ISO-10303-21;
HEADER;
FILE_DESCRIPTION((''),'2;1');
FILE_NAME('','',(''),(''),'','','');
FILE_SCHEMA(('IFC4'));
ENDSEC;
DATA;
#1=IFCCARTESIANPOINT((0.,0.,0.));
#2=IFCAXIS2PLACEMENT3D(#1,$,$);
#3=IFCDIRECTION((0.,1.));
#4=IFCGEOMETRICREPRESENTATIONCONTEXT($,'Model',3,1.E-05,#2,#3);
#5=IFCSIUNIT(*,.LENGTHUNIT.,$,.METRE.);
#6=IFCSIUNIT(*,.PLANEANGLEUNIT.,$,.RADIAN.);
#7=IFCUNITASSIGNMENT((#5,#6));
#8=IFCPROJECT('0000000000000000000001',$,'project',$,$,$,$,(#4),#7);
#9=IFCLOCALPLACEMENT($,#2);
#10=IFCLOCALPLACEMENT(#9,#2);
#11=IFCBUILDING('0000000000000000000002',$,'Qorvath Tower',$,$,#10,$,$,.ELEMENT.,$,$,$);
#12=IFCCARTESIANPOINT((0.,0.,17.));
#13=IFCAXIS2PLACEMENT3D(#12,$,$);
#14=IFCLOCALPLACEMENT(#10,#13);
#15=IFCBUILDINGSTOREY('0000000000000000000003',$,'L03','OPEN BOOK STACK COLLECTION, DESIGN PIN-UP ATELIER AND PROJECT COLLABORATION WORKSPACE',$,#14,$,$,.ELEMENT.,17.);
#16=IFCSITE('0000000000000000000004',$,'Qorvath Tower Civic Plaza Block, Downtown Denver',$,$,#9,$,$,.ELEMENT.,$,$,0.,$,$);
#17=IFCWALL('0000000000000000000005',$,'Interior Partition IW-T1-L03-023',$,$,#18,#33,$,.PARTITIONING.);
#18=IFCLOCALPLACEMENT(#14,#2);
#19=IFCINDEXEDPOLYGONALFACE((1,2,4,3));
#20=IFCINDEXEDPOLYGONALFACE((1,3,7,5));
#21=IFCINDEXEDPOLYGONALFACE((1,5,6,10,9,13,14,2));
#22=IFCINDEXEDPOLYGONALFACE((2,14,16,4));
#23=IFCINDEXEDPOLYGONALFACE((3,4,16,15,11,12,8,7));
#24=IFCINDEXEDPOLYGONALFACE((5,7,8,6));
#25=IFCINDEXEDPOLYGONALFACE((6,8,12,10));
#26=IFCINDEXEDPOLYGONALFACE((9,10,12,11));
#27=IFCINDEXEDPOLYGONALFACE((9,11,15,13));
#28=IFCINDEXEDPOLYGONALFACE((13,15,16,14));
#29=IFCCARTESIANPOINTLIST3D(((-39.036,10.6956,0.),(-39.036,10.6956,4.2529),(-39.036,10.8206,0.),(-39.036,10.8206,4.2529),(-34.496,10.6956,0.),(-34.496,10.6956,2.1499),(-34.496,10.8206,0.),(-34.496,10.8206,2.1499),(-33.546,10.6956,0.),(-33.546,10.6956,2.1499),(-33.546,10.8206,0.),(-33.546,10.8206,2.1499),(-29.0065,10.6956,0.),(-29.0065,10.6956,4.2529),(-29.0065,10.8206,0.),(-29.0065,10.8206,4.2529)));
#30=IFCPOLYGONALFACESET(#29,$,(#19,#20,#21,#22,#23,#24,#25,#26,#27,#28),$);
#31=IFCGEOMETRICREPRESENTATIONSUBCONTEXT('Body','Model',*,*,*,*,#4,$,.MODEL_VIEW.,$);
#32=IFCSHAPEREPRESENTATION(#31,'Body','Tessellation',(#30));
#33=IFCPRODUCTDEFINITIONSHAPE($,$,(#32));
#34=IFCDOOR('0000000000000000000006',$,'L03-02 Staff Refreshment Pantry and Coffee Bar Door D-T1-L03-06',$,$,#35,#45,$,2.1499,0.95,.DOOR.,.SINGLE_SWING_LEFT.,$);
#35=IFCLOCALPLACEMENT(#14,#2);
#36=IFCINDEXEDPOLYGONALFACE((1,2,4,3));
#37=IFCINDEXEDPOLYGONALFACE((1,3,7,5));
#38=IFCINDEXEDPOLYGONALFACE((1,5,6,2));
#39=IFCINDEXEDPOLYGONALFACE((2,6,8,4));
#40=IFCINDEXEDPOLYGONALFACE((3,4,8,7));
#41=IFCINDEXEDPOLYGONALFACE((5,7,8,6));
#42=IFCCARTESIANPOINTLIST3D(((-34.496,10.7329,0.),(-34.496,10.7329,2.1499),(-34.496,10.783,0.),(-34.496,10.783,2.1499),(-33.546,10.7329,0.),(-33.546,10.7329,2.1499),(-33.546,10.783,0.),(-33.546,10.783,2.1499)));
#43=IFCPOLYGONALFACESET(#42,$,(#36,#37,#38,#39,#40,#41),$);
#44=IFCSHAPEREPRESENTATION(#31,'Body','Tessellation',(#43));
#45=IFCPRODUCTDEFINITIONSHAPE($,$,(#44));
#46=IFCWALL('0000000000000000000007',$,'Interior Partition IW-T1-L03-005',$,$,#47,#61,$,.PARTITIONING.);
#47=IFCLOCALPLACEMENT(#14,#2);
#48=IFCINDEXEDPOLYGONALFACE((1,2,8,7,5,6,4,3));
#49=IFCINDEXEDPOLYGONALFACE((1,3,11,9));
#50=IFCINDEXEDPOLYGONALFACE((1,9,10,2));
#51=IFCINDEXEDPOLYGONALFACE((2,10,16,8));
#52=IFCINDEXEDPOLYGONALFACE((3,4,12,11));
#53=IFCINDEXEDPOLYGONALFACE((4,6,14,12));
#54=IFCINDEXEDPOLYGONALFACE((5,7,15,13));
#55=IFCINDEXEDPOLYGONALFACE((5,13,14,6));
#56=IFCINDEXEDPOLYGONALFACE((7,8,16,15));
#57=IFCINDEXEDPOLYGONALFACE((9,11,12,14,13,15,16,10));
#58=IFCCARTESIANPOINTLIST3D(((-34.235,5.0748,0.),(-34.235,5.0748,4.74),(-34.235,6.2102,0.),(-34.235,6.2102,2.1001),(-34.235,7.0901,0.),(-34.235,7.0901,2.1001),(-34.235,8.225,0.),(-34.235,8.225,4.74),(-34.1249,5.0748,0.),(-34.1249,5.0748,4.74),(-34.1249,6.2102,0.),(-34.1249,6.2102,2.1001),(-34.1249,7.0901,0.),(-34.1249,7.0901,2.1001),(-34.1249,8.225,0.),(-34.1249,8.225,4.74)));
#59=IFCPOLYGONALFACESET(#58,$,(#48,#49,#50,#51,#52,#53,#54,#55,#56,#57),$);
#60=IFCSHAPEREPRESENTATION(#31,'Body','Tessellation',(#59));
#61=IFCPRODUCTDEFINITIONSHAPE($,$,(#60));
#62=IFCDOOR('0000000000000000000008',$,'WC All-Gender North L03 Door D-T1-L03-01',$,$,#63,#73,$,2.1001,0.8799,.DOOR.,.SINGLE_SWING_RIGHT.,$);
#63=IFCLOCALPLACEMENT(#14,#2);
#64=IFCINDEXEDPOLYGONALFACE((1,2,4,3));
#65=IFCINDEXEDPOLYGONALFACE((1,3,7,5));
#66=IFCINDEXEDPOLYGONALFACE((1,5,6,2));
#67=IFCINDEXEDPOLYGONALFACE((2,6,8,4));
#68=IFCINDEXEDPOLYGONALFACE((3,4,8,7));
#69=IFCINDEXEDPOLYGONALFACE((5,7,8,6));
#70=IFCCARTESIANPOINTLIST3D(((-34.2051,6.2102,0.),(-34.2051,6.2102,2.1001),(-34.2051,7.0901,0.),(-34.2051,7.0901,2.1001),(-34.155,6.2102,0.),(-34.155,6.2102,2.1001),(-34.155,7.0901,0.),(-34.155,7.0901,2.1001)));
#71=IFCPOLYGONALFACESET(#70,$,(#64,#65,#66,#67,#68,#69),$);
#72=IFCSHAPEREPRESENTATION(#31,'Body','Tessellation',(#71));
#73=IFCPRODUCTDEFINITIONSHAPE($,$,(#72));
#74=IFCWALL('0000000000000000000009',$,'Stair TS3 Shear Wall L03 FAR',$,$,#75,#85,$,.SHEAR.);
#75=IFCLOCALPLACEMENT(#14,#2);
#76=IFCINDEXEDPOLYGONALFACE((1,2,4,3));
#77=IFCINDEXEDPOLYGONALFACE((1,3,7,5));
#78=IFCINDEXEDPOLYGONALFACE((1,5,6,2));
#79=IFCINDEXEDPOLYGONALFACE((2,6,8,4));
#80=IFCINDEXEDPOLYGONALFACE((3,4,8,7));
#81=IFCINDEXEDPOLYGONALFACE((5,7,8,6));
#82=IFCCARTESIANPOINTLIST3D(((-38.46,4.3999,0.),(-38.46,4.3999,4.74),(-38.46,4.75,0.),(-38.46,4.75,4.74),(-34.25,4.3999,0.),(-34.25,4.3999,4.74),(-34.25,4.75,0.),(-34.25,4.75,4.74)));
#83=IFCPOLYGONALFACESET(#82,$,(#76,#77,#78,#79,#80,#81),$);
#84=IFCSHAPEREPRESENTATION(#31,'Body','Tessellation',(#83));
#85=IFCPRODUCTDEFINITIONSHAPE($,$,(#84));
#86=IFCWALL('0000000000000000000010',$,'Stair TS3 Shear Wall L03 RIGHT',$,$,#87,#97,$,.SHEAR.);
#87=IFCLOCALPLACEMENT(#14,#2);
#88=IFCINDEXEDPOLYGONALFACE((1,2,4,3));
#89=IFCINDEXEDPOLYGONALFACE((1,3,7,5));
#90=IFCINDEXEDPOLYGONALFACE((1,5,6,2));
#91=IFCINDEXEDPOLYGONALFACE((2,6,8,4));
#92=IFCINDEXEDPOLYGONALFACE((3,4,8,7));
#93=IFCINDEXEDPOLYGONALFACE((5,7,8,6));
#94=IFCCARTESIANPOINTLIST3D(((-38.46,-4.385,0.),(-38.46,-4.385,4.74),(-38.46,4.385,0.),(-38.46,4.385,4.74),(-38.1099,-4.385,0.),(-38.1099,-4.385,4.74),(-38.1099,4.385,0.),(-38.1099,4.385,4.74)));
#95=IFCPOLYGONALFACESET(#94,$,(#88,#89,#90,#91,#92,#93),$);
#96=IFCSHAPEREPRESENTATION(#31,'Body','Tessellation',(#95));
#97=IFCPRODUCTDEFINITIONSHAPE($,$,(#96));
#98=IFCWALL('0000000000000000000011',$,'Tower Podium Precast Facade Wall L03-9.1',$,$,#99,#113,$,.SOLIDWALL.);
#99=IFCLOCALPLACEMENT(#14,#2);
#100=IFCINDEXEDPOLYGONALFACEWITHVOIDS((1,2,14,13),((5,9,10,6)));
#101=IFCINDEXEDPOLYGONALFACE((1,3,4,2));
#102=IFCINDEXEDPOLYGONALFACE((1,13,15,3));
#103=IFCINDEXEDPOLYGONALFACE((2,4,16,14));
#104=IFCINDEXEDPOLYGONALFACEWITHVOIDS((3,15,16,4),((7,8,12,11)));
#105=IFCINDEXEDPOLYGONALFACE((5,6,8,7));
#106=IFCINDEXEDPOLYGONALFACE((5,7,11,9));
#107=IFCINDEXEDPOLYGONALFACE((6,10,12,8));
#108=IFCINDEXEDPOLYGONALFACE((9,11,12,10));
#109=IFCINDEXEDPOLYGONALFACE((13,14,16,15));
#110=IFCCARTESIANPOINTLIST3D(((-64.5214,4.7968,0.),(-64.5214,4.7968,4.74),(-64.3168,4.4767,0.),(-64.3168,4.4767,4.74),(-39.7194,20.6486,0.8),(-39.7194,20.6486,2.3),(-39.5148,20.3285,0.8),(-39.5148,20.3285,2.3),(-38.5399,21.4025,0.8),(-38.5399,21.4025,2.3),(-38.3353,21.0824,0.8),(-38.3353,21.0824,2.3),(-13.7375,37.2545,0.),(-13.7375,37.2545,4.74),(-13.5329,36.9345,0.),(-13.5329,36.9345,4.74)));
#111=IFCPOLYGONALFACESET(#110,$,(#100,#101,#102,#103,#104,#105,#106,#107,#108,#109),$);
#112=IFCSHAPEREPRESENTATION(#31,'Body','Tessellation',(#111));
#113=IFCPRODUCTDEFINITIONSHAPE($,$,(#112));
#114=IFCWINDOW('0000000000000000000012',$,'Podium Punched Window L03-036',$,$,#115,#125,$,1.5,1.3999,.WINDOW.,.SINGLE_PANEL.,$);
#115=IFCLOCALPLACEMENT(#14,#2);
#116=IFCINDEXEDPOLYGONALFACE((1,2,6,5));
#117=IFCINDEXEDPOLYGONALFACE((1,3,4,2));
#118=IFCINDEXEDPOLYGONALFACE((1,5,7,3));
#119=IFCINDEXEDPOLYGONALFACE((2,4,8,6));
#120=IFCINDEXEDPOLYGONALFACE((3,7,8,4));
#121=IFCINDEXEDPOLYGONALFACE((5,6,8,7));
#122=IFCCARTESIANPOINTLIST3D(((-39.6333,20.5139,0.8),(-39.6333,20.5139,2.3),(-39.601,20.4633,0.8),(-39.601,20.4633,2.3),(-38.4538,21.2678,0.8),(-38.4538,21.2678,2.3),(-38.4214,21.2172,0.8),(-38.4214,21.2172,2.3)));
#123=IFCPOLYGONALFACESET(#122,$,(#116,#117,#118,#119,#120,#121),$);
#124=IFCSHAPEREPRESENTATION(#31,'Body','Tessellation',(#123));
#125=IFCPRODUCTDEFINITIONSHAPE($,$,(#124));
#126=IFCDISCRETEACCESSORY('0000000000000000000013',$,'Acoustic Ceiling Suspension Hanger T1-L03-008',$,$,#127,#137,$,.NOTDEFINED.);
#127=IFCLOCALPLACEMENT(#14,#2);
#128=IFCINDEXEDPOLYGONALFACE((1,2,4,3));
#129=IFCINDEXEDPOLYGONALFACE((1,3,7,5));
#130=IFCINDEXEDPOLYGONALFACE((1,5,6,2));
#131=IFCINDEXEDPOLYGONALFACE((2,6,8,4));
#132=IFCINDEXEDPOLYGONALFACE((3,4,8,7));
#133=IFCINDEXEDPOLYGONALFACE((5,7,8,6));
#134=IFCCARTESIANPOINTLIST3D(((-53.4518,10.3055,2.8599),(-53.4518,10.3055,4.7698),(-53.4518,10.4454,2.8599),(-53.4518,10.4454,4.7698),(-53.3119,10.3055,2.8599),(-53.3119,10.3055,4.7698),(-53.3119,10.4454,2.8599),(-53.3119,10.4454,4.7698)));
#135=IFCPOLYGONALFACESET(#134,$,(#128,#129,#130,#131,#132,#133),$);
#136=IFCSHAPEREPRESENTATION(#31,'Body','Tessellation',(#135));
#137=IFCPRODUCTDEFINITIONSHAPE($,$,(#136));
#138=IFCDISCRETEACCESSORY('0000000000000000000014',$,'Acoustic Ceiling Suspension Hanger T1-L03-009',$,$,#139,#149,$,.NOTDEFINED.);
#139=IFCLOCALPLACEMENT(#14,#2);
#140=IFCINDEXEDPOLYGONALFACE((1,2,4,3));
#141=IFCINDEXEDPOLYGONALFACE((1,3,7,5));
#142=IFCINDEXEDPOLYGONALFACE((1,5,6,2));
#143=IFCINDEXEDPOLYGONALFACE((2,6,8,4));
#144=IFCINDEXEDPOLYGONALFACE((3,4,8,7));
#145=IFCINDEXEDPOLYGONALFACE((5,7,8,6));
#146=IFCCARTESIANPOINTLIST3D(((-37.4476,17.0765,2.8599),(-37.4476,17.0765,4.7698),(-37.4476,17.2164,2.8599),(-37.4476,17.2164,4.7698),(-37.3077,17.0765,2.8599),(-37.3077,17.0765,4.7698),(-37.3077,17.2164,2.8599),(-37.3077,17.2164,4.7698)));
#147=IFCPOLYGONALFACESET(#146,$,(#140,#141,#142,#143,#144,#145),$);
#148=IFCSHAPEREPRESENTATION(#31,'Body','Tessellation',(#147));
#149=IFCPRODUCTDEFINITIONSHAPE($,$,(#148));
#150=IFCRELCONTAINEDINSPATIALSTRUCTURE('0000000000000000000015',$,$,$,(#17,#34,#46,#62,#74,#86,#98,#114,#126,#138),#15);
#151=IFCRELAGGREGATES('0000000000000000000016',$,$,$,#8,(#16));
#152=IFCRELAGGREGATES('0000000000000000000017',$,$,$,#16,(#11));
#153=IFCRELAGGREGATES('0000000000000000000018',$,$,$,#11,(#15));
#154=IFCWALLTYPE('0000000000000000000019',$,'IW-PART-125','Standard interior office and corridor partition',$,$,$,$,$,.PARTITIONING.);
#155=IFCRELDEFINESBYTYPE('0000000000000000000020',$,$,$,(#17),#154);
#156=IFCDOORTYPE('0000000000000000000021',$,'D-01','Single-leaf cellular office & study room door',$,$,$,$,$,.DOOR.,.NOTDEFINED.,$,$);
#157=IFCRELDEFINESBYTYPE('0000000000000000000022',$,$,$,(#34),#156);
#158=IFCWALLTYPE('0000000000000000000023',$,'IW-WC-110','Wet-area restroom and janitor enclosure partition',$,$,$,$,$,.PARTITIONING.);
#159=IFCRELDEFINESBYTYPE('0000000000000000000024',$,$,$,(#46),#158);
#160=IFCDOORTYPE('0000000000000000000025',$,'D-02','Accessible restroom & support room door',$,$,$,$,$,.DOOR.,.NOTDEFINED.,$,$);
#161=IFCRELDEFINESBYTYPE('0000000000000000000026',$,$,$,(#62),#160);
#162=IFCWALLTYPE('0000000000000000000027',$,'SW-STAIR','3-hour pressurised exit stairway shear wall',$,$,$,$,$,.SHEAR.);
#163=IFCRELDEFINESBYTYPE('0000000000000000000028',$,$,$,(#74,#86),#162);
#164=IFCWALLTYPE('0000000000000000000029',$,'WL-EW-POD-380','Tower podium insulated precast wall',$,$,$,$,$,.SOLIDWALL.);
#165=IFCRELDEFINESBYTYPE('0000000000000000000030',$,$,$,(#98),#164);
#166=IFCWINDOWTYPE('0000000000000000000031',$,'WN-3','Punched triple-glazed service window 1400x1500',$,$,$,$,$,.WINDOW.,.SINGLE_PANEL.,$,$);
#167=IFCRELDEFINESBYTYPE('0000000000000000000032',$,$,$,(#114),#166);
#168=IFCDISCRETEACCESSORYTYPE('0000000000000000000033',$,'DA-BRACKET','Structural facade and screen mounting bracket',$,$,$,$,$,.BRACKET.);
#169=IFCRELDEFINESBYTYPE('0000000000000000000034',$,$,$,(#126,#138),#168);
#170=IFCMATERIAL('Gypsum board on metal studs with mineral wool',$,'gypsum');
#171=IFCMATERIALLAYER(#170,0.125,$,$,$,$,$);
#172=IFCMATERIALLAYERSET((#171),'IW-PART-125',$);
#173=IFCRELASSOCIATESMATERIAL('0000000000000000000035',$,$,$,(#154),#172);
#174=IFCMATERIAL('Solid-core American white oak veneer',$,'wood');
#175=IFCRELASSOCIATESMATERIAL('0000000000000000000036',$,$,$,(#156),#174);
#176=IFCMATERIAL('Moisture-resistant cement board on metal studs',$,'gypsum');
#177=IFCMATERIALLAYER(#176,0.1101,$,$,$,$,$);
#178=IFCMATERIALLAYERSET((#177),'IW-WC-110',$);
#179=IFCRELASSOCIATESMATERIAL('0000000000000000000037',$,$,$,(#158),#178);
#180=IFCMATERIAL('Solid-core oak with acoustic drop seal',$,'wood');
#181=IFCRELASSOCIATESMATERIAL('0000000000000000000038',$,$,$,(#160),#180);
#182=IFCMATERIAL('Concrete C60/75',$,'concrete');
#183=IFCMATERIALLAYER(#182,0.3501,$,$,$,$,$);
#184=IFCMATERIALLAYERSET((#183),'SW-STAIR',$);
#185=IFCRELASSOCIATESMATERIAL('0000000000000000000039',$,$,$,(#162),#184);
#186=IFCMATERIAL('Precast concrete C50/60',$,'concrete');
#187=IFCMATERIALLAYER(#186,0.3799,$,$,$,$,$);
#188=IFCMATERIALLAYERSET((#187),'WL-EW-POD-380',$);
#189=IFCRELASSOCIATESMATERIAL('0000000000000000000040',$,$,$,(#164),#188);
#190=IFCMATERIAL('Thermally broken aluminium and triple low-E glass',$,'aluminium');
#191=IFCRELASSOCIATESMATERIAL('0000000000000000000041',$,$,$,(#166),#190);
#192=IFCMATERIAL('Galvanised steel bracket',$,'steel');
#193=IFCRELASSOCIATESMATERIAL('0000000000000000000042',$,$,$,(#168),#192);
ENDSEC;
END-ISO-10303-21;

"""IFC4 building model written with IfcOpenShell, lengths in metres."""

from ifc_helpers import new_model, si_unit, direction, frame, frame_2d, origin, origin_2d, place, context, subcontext, project, spatial, rectangle, extrude, material, layer, layer_set, type_object, element, fill, save


model = new_model("IFC4")

# Units and contexts
model_context = context("Model", 3, precision=1e-05, world=origin(), true_north=direction((0.0, 1.0)))
body_context = subcontext(model_context, "Body", "Model", "MODEL_VIEW")
ifc_project = project(units=[si_unit("LENGTHUNIT", "METRE"), si_unit("PLANEANGLEUNIT", "RADIAN")], contexts=[model_context])

# Site, building, storey
site_placement = place(None, origin())
site = spatial("IfcSite", under=ifc_project, at=site_placement, Name="Qorvath Tower Civic Plaza Block, Downtown Denver", CompositionType="ELEMENT", RefElevation=0.0)
building_placement = place(site_placement, origin())
building = spatial("IfcBuilding", under=site, at=building_placement, Name="Qorvath Tower", CompositionType="ELEMENT")
storey_placement = place(building_placement, frame((0.0, 0.0, 17.0)))
storey = spatial("IfcBuildingStorey", under=building, at=storey_placement, Name="L03", Description="OPEN BOOK STACK COLLECTION, DESIGN PIN-UP ATELIER AND PROJECT COLLABORATION WORKSPACE", CompositionType="ELEMENT", Elevation=17.0)

# Shared definitions
ifc_material_1 = material(Name="Gypsum board on metal studs with mineral wool", Category="gypsum")
ifc_layer_1 = layer(ifc_material_1, 0.125)
ifc_layer_set_1 = layer_set([ifc_layer_1], Name="IW-PART-125")
wall_type_1 = type_object("IfcWallType", Name="IW-PART-125", Description="Standard interior office and corridor partition", PredefinedType="PARTITIONING", material=ifc_layer_set_1)
ifc_material_2 = material(Name="Solid-core American white oak veneer", Category="wood")
door_type_1 = type_object("IfcDoorType", Name="D-01", Description="Single-leaf cellular office & study room door", OperationType="NOTDEFINED", PredefinedType="DOOR", material=ifc_material_2)

# Walls, openings, doors
wall_1_placement = place(storey_placement, frame((-39.0359, 10.7581, 0.0), z_axis=(0.0, 0.0, 1.0), x_axis=(1.0, 0.0, 0.0)))
wall_1 = element("IfcWall", 1, at=wall_1_placement, inside=storey, type_object=wall_type_1, Name="Interior Partition IW-T1-L03-023", PredefinedType="PARTITIONING", context=body_context, shape_type="SweptSolid", body=[
    extrude(rectangle(XDim=10.0295, YDim=0.125, at=frame_2d((5.0146, 0.0))), origin(), (0.0, 0.0, 1.0), 4.2529),
])
opening_1_placement = place(wall_1_placement, frame((4.5398, 0.0, 0.0)))
opening_1 = element("IfcOpeningElement", 2, at=opening_1_placement, cuts=wall_1, PredefinedType="OPENING", context=body_context, shape_type="SweptSolid", body=[
    extrude(rectangle(XDim=0.95, YDim=2.1499, at=frame_2d((0.4751, 1.075))), frame((0.0, 0.0725, 0.0), z_axis=(0.0, -1.0, 0.0), x_axis=(1.0, 0.0, 0.0)), (0.0, 0.0, 1.0), 0.145),
])
door_1_placement = place(opening_1_placement, origin())
door_1 = element("IfcDoor", 3, at=door_1_placement, inside=storey, type_object=door_type_1, Name="L03-02 Staff Refreshment Pantry and Coffee Bar Door D-T1-L03-06", OperationType="SINGLE_SWING_LEFT", OverallHeight=2.1499, OverallWidth=0.95, PredefinedType="DOOR", context=body_context, shape_type="SweptSolid", body=[
    extrude(rectangle(XDim=0.95, YDim=2.1499, at=frame_2d((0.4751, 1.075))), frame((0.0, 0.0249, 0.0), z_axis=(0.0, -1.0, 0.0), x_axis=(1.0, 0.0, 0.0)), (0.0, 0.0, 1.0), 0.05),
])
fill(opening_1, door_1)
ifc_material_3 = material(Name="Moisture-resistant cement board on metal studs", Category="gypsum")
ifc_layer_2 = layer(ifc_material_3, 0.1101)
ifc_layer_set_2 = layer_set([ifc_layer_2], Name="IW-WC-110")
wall_type_2 = type_object("IfcWallType", Name="IW-WC-110", Description="Wet-area restroom and janitor enclosure partition", PredefinedType="PARTITIONING", material=ifc_layer_set_2)
wall_2_placement = place(storey_placement, frame((-34.1799, 8.2251, 0.0), z_axis=(0.0, 0.0, 1.0), x_axis=(0.0, -1.0, 0.0)))
wall_2 = element("IfcWall", 4, at=wall_2_placement, inside=storey, type_object=wall_type_2, Name="Interior Partition IW-T1-L03-005", PredefinedType="PARTITIONING", context=body_context, shape_type="SweptSolid", body=[
    extrude(rectangle(XDim=3.1501, YDim=0.1101, at=frame_2d((1.5752, 0.0))), origin(), (0.0, 0.0, 1.0), 4.74),
])
opening_2_placement = place(wall_2_placement, frame((1.135, 0.0, 0.0)))
opening_2 = element("IfcOpeningElement", 5, at=opening_2_placement, cuts=wall_2, PredefinedType="OPENING", context=body_context, shape_type="SweptSolid", body=[
    extrude(rectangle(XDim=0.8799, YDim=2.1001, at=frame_2d((0.4399, 1.05))), frame((0.0, 0.0649, 0.0), z_axis=(0.0, -1.0, 0.0), x_axis=(1.0, 0.0, 0.0)), (0.0, 0.0, 1.0), 0.1301),
])
ifc_material_4 = material(Name="Solid-core oak with acoustic drop seal", Category="wood")
door_type_2 = type_object("IfcDoorType", Name="D-02", Description="Accessible restroom & support room door", OperationType="NOTDEFINED", PredefinedType="DOOR", material=ifc_material_4)
door_2_placement = place(opening_2_placement, origin())
door_2 = element("IfcDoor", 6, at=door_2_placement, inside=storey, type_object=door_type_2, Name="WC All-Gender North L03 Door D-T1-L03-01", OperationType="SINGLE_SWING_RIGHT", OverallHeight=2.1001, OverallWidth=0.8799, PredefinedType="DOOR", context=body_context, shape_type="SweptSolid", body=[
    extrude(rectangle(XDim=0.8799, YDim=2.1001, at=frame_2d((0.4399, 1.05))), frame((0.0, 0.0249, 0.0), z_axis=(0.0, -1.0, 0.0), x_axis=(1.0, 0.0, 0.0)), (0.0, 0.0, 1.0), 0.05),
])
fill(opening_2, door_2)

# Walls
ifc_material_5 = material(Name="Concrete C60/75", Category="concrete")
ifc_layer_3 = layer(ifc_material_5, 0.3501)
ifc_layer_set_3 = layer_set([ifc_layer_3], Name="SW-STAIR")
wall_type_3 = type_object("IfcWallType", Name="SW-STAIR", Description="3-hour pressurised exit stairway shear wall", PredefinedType="SHEAR", material=ifc_layer_set_3)
wall_3_placement = place(storey_placement, frame((-34.25, 4.575, 0.0), z_axis=(0.0, 0.0, 1.0), x_axis=(-1.0, 0.0, 0.0)))
element("IfcWall", 7, at=wall_3_placement, inside=storey, type_object=wall_type_3, Name="Stair TS3 Shear Wall L03 FAR", PredefinedType="SHEAR", context=body_context, shape_type="SweptSolid", body=[
    extrude(rectangle(XDim=4.21, YDim=0.3501, at=frame_2d((2.105, 0.0))), origin(), (0.0, 0.0, 1.0), 4.74),
])
wall_4_placement = place(storey_placement, frame((-38.2849, 4.385, 0.0), z_axis=(0.0, 0.0, 1.0), x_axis=(0.0, -1.0, 0.0)))
element("IfcWall", 8, at=wall_4_placement, inside=storey, type_object=wall_type_3, Name="Stair TS3 Shear Wall L03 RIGHT", PredefinedType="SHEAR", context=body_context, shape_type="SweptSolid", body=[
    extrude(rectangle(XDim=8.77, YDim=0.3501, at=frame_2d((4.385, 0.0))), origin(), (0.0, 0.0, 1.0), 4.74),
])

# Wall, opening, window
ifc_material_6 = material(Name="Precast concrete C50/60", Category="concrete")
ifc_layer_4 = layer(ifc_material_6, 0.3799)
ifc_layer_set_4 = layer_set([ifc_layer_4], Name="WL-EW-POD-380")
wall_type_4 = type_object("IfcWallType", Name="WL-EW-POD-380", Description="Tower podium insulated precast wall", PredefinedType="SOLIDWALL", material=ifc_layer_set_4)
wall_5_placement = place(storey_placement, frame((-64.4192, 4.6367, 0.0), z_axis=(0.0, 0.0, 1.0), x_axis=(0.842602, 0.538536, 0.0)))
wall_5 = element("IfcWall", 9, at=wall_5_placement, inside=storey, type_object=wall_type_4, Name="Tower Podium Precast Facade Wall L03-9.1", PredefinedType="SOLIDWALL", context=body_context, shape_type="SweptSolid", body=[
    extrude(rectangle(XDim=60.2703, YDim=0.3799, at=frame_2d((30.1353, 0.0))), origin(), (0.0, 0.0, 1.0), 4.74),
])
opening_3_placement = place(wall_5_placement, frame((29.4351, 0.0, 0.8)))
opening_3 = element("IfcOpeningElement", 10, at=opening_3_placement, cuts=wall_5, PredefinedType="OPENING", context=body_context, shape_type="SweptSolid", body=[
    extrude(rectangle(XDim=1.3999, YDim=1.5, at=frame_2d((0.7, 0.75))), frame((0.0, 0.2, 0.0), z_axis=(0.0, -1.0, 0.0), x_axis=(1.0, 0.0, 0.0)), (0.0, 0.0, 1.0), 0.3999),
])
ifc_material_7 = material(Name="Thermally broken aluminium and triple low-E glass", Category="aluminium")
window_type = type_object("IfcWindowType", Name="WN-3", Description="Punched triple-glazed service window 1400x1500", PartitioningType="SINGLE_PANEL", PredefinedType="WINDOW", material=ifc_material_7)
window_placement = place(opening_3_placement, origin())
window = element("IfcWindow", 11, at=window_placement, inside=storey, type_object=window_type, Name="Podium Punched Window L03-036", OverallHeight=1.5, OverallWidth=1.3999, PartitioningType="SINGLE_PANEL", PredefinedType="WINDOW", context=body_context, shape_type="SweptSolid", body=[
    extrude(rectangle(XDim=1.3999, YDim=1.5, at=frame_2d((0.7, 0.75))), frame((0.0, 0.03, 0.0), z_axis=(0.0, -1.0, 0.0), x_axis=(1.0, 0.0, 0.0)), (0.0, 0.0, 1.0), 0.0601),
])
fill(opening_3, window)

# Discrete accessories
ifc_material_8 = material(Name="Galvanised steel bracket", Category="steel")
discrete_accessory_type = type_object("IfcDiscreteAccessoryType", Name="DA-BRACKET", Description="Structural facade and screen mounting bracket", PredefinedType="BRACKET", material=ifc_material_8)
for number, where, z_axis, x_axis, name in (
    (12, (-53.3818, 10.3755, 2.8599), (0.0, 0.0, 1.0), (1.0, 0.0, 0.0), "Acoustic Ceiling Suspension Hanger T1-L03-008"),
    (13, (-37.3777, 17.1465, 2.8599), (0.0, 0.0, 1.0), (1.0, 0.0, 0.0), "Acoustic Ceiling Suspension Hanger T1-L03-009"),
):
    element("IfcDiscreteAccessory", number, at=place(storey_placement, frame(where, z_axis=z_axis, x_axis=x_axis)), inside=storey, type_object=discrete_accessory_type, Name=name, PredefinedType="NOTDEFINED", context=body_context, shape_type="SweptSolid", body=[
        extrude(rectangle(XDim=0.1399, YDim=0.1399, at=origin_2d()), origin(), (0.0, 0.0, 1.0), 1.9099),
    ])

save(model, "model.ifc")
